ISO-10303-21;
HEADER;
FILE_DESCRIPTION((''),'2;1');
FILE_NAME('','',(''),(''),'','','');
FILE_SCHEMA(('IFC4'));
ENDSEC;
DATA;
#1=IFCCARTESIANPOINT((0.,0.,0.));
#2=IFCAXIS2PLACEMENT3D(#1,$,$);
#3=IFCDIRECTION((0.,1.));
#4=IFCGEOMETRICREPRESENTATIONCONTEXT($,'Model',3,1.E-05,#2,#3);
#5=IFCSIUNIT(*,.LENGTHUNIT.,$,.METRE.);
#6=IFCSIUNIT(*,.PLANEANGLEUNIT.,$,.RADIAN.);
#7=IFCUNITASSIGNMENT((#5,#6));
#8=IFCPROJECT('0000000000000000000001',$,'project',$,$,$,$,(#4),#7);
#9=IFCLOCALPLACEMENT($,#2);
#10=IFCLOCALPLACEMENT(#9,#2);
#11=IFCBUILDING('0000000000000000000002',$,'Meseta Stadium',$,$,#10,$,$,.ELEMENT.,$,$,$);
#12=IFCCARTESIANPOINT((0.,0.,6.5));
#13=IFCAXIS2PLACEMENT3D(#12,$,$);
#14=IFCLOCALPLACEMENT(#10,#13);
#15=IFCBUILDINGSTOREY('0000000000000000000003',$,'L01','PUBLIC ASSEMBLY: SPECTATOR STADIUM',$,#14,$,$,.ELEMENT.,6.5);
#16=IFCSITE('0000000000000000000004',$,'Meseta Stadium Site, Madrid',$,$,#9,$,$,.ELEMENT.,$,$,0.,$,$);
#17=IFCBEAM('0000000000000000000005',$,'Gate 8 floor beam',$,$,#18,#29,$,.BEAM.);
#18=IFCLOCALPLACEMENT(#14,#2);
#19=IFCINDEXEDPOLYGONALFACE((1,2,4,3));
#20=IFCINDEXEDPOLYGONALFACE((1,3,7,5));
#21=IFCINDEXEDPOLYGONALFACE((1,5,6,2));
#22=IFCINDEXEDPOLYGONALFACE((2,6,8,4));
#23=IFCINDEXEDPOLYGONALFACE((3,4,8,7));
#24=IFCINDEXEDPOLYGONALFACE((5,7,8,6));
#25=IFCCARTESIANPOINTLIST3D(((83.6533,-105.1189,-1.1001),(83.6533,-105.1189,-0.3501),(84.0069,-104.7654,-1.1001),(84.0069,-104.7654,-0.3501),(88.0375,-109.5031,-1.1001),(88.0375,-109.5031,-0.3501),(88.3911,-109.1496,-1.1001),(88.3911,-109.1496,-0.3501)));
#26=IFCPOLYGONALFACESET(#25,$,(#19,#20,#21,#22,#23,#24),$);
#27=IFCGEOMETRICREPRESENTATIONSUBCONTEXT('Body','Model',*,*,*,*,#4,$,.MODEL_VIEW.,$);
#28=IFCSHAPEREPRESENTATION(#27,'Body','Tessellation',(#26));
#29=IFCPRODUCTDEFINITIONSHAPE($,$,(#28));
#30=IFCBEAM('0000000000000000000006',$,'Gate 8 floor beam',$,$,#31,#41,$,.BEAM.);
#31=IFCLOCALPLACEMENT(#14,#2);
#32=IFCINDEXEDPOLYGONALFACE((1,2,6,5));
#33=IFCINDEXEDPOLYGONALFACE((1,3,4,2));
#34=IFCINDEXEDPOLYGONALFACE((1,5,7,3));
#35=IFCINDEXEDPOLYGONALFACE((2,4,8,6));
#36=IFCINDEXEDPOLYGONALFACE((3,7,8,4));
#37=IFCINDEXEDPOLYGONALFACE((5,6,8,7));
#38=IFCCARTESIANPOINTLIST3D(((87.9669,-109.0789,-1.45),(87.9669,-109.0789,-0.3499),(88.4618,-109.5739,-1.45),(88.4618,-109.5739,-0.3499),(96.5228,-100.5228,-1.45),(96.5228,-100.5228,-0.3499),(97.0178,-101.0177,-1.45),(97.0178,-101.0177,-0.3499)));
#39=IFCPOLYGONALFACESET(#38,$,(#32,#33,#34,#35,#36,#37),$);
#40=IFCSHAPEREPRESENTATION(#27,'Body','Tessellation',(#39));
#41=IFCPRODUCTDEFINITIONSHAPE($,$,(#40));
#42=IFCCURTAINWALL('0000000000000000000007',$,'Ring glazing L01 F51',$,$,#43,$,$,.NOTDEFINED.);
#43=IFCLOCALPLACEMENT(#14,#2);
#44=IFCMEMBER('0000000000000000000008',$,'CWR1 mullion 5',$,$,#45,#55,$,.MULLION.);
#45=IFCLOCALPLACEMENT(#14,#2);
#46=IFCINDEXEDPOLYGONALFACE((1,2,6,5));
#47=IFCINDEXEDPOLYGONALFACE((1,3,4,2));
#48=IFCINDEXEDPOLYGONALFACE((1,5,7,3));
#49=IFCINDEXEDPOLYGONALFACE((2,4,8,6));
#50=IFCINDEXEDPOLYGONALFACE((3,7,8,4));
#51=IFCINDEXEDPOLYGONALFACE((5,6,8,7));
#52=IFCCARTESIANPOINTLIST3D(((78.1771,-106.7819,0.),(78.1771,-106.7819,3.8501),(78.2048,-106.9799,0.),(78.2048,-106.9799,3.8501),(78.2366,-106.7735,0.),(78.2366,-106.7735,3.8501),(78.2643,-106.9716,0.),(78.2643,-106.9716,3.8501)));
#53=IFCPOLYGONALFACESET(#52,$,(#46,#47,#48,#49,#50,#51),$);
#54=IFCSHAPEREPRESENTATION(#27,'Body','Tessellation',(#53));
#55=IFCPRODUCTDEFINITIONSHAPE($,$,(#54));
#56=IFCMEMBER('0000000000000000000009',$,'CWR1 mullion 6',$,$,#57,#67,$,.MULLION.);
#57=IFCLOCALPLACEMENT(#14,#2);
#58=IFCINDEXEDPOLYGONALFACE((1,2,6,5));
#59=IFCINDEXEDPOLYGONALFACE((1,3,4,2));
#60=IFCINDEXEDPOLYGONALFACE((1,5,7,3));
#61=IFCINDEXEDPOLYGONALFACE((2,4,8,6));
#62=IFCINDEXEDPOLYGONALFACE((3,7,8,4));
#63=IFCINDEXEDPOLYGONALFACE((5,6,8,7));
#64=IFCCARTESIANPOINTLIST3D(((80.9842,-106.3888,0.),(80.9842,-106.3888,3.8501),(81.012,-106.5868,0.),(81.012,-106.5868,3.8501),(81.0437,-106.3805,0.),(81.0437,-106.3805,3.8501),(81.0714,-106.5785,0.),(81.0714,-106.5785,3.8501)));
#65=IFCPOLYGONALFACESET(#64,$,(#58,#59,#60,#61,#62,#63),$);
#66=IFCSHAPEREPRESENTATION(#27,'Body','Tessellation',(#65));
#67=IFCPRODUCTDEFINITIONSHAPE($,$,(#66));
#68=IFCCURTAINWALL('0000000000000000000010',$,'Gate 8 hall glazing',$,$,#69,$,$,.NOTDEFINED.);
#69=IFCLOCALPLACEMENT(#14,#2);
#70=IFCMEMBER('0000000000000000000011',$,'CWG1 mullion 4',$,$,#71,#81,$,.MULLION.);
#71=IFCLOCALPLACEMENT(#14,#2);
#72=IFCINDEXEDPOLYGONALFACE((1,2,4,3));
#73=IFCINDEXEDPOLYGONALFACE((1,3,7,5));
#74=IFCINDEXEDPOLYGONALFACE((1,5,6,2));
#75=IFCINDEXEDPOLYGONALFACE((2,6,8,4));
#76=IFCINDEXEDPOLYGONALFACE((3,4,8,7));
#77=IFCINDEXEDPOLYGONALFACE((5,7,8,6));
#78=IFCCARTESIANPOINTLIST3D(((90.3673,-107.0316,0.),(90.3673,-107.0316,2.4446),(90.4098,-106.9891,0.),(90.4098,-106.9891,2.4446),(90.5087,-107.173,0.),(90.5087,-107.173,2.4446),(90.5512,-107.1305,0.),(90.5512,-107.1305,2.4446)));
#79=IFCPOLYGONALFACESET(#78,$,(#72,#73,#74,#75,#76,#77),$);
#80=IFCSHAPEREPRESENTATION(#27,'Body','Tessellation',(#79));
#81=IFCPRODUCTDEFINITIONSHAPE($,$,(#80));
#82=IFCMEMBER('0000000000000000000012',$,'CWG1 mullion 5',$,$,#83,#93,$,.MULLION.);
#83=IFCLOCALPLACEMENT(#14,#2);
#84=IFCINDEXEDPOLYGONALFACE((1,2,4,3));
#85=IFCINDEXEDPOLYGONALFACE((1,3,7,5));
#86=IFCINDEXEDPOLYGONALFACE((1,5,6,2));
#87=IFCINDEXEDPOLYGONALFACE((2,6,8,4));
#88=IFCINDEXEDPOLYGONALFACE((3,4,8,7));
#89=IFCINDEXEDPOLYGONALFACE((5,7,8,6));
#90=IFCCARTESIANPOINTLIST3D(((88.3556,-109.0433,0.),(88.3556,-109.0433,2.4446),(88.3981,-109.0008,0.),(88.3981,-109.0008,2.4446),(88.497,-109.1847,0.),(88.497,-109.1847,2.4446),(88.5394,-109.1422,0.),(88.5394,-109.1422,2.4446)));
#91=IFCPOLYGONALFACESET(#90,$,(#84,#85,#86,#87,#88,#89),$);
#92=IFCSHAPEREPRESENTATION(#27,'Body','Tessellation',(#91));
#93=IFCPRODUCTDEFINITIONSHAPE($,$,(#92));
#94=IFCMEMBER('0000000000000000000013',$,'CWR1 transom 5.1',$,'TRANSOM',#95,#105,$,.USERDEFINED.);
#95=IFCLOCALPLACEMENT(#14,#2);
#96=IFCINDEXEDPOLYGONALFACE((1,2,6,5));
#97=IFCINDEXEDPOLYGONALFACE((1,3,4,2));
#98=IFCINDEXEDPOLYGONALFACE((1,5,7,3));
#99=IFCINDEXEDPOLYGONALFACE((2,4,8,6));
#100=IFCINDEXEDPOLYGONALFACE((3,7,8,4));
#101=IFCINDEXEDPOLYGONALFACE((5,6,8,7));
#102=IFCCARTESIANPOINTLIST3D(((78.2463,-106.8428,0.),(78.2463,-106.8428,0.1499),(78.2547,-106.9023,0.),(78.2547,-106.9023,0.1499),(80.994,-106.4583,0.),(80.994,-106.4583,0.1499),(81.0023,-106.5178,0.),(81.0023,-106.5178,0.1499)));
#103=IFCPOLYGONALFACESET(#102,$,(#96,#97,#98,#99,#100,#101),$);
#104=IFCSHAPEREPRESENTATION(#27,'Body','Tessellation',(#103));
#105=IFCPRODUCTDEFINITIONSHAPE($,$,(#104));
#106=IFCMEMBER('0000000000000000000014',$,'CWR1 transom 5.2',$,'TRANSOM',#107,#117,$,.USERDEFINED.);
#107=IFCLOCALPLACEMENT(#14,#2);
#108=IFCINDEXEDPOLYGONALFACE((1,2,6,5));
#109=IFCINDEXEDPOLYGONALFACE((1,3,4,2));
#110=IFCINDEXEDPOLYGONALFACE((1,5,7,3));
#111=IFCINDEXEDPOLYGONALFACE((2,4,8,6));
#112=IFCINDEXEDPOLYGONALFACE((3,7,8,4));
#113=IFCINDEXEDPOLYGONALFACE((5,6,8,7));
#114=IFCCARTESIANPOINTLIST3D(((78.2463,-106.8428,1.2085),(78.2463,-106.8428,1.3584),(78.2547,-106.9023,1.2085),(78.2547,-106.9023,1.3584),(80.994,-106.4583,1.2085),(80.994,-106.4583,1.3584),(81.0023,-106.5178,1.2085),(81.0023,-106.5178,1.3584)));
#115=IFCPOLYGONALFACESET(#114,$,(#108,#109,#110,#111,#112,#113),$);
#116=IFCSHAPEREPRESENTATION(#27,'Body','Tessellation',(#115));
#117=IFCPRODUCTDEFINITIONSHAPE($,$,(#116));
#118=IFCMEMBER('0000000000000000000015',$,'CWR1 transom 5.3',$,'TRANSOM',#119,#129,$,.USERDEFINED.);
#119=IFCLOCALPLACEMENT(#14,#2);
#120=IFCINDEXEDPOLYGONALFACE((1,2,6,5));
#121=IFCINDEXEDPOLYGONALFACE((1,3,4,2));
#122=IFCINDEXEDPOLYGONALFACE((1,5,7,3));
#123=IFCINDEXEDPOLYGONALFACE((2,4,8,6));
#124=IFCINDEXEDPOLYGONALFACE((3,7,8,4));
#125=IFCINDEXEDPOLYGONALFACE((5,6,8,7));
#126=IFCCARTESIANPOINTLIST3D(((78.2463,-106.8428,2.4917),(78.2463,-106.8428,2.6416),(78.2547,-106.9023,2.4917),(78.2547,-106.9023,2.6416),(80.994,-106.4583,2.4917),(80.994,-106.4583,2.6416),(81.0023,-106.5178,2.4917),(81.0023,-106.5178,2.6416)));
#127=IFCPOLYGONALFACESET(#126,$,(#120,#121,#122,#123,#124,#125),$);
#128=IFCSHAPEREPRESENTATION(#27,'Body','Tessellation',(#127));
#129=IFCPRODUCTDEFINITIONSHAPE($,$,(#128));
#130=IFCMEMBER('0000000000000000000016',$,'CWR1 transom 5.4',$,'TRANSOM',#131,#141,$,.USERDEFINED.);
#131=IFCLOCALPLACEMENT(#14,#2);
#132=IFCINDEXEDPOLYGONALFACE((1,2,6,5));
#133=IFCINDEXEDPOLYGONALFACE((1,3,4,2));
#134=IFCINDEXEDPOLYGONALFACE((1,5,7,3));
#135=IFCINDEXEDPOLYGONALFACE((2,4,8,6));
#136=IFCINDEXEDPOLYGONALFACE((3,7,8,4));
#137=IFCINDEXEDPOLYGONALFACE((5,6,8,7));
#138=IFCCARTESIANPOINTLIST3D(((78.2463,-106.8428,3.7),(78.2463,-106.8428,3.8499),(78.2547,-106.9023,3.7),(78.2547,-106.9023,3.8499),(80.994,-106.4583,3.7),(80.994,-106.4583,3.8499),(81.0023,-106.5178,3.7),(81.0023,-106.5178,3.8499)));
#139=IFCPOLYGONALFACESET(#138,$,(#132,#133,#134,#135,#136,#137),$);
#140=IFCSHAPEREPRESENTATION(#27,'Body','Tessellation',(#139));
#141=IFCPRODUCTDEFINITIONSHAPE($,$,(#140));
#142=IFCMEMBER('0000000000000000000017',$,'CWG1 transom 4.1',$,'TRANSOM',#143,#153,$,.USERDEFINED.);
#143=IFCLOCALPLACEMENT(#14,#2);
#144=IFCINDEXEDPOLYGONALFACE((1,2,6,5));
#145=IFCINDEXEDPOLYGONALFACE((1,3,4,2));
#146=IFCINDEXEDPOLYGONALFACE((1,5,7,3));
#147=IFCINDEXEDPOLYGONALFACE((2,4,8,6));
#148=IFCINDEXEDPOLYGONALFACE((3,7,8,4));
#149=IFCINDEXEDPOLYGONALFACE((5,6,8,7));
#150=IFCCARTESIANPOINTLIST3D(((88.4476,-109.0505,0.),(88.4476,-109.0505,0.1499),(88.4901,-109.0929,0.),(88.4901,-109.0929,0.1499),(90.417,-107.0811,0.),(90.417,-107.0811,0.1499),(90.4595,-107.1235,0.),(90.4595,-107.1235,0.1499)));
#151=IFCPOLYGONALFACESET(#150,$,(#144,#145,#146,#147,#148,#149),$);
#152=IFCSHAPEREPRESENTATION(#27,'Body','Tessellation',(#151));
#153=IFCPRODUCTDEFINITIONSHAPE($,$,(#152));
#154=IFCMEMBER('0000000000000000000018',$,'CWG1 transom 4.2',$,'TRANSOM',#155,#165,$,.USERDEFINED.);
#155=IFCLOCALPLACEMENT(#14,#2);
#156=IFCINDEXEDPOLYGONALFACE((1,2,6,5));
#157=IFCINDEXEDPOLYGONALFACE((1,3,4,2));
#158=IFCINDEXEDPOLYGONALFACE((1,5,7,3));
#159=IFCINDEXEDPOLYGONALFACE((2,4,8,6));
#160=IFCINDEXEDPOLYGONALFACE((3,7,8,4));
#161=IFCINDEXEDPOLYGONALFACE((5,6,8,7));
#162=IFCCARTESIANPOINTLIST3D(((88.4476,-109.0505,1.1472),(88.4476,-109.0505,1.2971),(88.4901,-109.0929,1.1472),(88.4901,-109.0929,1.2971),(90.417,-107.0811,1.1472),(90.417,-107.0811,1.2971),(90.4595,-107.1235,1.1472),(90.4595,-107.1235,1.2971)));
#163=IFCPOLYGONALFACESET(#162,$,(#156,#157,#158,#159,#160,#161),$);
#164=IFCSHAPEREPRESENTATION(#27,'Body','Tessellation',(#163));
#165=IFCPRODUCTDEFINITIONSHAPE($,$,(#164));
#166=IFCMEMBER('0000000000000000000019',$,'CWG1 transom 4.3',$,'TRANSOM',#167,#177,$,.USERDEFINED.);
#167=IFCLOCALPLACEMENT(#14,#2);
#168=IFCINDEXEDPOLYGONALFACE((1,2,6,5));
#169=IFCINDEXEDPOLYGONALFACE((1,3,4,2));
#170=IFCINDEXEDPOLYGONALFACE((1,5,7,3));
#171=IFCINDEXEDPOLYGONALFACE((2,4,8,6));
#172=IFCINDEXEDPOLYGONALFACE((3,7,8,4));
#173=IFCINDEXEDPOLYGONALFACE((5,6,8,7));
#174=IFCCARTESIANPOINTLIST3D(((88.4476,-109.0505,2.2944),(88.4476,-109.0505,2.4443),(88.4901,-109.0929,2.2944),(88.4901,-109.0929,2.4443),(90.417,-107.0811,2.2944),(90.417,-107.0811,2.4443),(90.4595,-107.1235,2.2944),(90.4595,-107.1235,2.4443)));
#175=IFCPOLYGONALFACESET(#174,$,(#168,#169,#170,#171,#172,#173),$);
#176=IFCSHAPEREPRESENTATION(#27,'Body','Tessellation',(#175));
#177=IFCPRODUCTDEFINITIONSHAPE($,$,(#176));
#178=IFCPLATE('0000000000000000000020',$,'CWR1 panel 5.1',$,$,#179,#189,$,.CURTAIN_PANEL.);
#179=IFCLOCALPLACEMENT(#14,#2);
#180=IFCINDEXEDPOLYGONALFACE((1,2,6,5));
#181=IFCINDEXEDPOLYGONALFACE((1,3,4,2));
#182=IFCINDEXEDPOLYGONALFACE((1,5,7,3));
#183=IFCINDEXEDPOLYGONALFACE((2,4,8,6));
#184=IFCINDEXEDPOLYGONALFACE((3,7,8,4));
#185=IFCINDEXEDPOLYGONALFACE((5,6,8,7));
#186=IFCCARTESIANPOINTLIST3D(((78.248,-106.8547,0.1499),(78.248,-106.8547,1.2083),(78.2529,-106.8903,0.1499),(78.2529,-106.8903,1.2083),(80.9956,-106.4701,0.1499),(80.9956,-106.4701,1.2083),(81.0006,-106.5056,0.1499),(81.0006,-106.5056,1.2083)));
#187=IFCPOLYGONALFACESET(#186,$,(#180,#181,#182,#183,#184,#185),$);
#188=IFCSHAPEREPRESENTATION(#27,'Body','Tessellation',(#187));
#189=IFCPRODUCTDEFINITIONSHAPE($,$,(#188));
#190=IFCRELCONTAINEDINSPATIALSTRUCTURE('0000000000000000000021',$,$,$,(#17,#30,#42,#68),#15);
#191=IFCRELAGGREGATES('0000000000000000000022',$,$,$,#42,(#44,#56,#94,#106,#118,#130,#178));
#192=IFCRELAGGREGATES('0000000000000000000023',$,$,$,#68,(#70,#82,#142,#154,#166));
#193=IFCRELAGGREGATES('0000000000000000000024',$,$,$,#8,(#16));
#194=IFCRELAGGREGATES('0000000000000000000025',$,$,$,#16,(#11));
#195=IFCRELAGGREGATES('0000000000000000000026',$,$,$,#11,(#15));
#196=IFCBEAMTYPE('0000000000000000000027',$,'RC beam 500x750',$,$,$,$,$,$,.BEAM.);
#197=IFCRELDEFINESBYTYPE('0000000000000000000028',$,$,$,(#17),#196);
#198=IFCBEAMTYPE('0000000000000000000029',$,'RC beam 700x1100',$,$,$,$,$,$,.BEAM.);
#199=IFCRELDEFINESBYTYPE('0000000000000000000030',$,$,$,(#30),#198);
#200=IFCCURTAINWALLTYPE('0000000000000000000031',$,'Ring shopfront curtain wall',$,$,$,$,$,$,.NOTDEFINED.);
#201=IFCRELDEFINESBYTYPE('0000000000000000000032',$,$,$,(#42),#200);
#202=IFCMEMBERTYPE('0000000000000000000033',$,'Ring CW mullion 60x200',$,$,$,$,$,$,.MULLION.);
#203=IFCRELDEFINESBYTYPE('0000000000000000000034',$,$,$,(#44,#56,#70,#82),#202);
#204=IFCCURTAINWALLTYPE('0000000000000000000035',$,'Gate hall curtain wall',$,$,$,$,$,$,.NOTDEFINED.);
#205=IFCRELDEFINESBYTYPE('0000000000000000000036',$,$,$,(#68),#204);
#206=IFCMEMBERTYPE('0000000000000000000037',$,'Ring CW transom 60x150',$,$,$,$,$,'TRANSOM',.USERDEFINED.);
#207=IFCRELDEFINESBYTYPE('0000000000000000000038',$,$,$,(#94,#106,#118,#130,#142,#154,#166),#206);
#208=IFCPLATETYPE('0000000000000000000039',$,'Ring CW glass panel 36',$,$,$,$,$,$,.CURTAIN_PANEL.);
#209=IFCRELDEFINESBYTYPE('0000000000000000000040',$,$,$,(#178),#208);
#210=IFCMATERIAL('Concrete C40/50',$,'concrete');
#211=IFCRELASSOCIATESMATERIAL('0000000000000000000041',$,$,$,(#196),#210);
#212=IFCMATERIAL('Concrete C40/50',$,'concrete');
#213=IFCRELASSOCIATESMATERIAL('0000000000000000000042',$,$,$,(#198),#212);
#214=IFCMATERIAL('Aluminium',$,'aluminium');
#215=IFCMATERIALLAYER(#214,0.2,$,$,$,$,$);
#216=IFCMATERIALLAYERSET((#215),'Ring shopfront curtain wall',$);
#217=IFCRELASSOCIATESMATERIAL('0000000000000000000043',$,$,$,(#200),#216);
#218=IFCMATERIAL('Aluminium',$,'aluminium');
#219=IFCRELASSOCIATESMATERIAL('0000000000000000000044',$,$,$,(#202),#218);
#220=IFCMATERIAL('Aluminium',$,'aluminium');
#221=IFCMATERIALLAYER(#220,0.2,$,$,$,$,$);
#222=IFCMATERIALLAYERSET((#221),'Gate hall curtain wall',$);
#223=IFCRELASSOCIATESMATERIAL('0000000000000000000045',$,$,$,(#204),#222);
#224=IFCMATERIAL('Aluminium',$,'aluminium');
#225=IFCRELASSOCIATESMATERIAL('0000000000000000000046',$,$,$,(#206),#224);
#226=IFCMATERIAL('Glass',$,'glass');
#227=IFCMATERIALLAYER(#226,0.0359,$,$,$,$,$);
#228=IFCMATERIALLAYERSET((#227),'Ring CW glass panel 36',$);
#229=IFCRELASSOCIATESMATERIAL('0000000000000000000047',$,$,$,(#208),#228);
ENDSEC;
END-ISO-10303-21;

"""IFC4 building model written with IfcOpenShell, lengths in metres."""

from ifc_helpers import new_model, si_unit, direction, frame, origin, origin_2d, place, context, subcontext, project, spatial, rectangle, extrude, material, layer, layer_set, material_profile, profile_set, type_object, element, aggregate, save


model = new_model("IFC4")

# Units and contexts
model_context = context("Model", 3, precision=1e-05, world=origin(), true_north=direction((0.0, 1.0)))
body_context = subcontext(model_context, "Body", "Model", "MODEL_VIEW")
ifc_project = project(units=[si_unit("LENGTHUNIT", "METRE"), si_unit("PLANEANGLEUNIT", "RADIAN")], contexts=[model_context])

# Site, building, storey
site_placement = place(None, origin())
site = spatial("IfcSite", under=ifc_project, at=site_placement, Name="Meseta Stadium Site, Madrid", CompositionType="ELEMENT", RefElevation=0.0)
building_placement = place(site_placement, origin())
building = spatial("IfcBuilding", under=site, at=building_placement, Name="Meseta Stadium", CompositionType="ELEMENT")
storey_placement = place(building_placement, frame((0.0, 0.0, 6.5)))
storey = spatial("IfcBuildingStorey", under=building, at=storey_placement, Name="L01", Description="PUBLIC ASSEMBLY: SPECTATOR STADIUM", CompositionType="ELEMENT", Elevation=6.5)

# Beams
ifc_material_1 = material(Name="Concrete C40/50", Category="concrete")
ifc_material_profile_1 = material_profile(ifc_material_1, rectangle(XDim=0.5, YDim=0.75, at=origin_2d()), Name="RC 500x750")
ifc_profile_set_1 = profile_set([ifc_material_profile_1], Name="Concrete C40/50")
beam_type_1 = type_object("IfcBeamType", Name="RC beam 500x750", PredefinedType="BEAM", material=ifc_profile_set_1)
beam_1_placement = place(storey_placement, frame((83.8301, -104.9421, -0.7251), z_axis=(0.707107, -0.707107, 0.0), x_axis=(0.707107, 0.707107, 0.0)))
element("IfcBeam", 1, at=beam_1_placement, inside=storey, type_object=beam_type_1, Name="Gate 8 floor beam", PredefinedType="BEAM", context=body_context, shape_type="SweptSolid", body=[
    extrude(rectangle(XDim=0.5, YDim=0.75, at=origin_2d()), origin(), (0.0, 0.0, 1.0), 6.2002),
])
ifc_material_2 = material(Name="Concrete C40/50", Category="concrete")
ifc_material_profile_2 = material_profile(ifc_material_2, rectangle(XDim=0.7, YDim=1.1001, at=origin_2d()), Name="RC 700x1100")
ifc_profile_set_2 = profile_set([ifc_material_profile_2], Name="Concrete C40/50")
beam_type_2 = type_object("IfcBeamType", Name="RC beam 700x1100", PredefinedType="BEAM", material=ifc_profile_set_2)
beam_2_placement = place(storey_placement, frame((88.2144, -109.3264, -0.8999), z_axis=(0.707097, 0.707117, 0.0), x_axis=(-0.707117, 0.707097, 0.0)))
element("IfcBeam", 2, at=beam_2_placement, inside=storey, type_object=beam_type_2, Name="Gate 8 floor beam", PredefinedType="BEAM", context=body_context, shape_type="SweptSolid", body=[
    extrude(rectangle(XDim=0.7, YDim=1.1001, at=origin_2d()), origin(), (0.0, 0.0, 1.0), 12.1001),
])

# Curtain walls, members
ifc_material_3 = material(Name="Aluminium", Category="aluminium")
ifc_layer_1 = layer(ifc_material_3, 0.2)
ifc_layer_set_1 = layer_set([ifc_layer_1], Name="Ring shopfront curtain wall")
curtain_wall_type_1 = type_object("IfcCurtainWallType", Name="Ring shopfront curtain wall", PredefinedType="NOTDEFINED", material=ifc_layer_set_1)
curtain_wall_1_placement = place(storey_placement, origin())
curtain_wall_1 = element("IfcCurtainWall", 3, at=curtain_wall_1_placement, inside=storey, type_object=curtain_wall_type_1, Name="Ring glazing L01 F51", PredefinedType="NOTDEFINED")
ifc_material_4 = material(Name="Aluminium", Category="aluminium")
ifc_material_profile_3 = material_profile(ifc_material_4, rectangle(XDim=0.2, YDim=0.0601, at=origin_2d()), Name="CW 200x60")
ifc_profile_set_3 = profile_set([ifc_material_profile_3], Name="Aluminium")
member_type_1 = type_object("IfcMemberType", Name="Ring CW mullion 60x200", PredefinedType="MULLION", material=ifc_profile_set_3)
member_1_placement = place(storey_placement, frame((78.2207, -106.8767, 0.0), z_axis=(0.0, 0.0, 1.0), x_axis=(-0.138643, 0.990342, 0.0)))
member_1 = element("IfcMember", 4, at=member_1_placement, type_object=member_type_1, Name="CWR1 mullion 5", PredefinedType="MULLION", context=body_context, shape_type="SweptSolid", body=[
    extrude(rectangle(XDim=0.2, YDim=0.0601, at=origin_2d()), origin(), (0.0, 0.0, 1.0), 3.8501),
])
member_2_placement = place(storey_placement, frame((81.0278, -106.4836, 0.0), z_axis=(0.0, 0.0, 1.0), x_axis=(-0.138643, 0.990342, 0.0)))
member_2 = element("IfcMember", 5, at=member_2_placement, type_object=member_type_1, Name="CWR1 mullion 6", PredefinedType="MULLION", context=body_context, shape_type="SweptSolid", body=[
    extrude(rectangle(XDim=0.2, YDim=0.0601, at=origin_2d()), origin(), (0.0, 0.0, 1.0), 3.8501),
])
ifc_material_5 = material(Name="Aluminium", Category="aluminium")
ifc_layer_2 = layer(ifc_material_5, 0.2)
ifc_layer_set_2 = layer_set([ifc_layer_2], Name="Gate hall curtain wall")
curtain_wall_type_2 = type_object("IfcCurtainWallType", Name="Gate hall curtain wall", PredefinedType="NOTDEFINED", material=ifc_layer_set_2)
curtain_wall_2_placement = place(storey_placement, origin())
curtain_wall_2 = element("IfcCurtainWall", 6, at=curtain_wall_2_placement, inside=storey, type_object=curtain_wall_type_2, Name="Gate 8 hall glazing", PredefinedType="NOTDEFINED")
member_3_placement = place(storey_placement, frame((90.4592, -107.0811, 0.0), z_axis=(0.0, 0.0, 1.0), x_axis=(0.707107, -0.707107, 0.0)))
member_3 = element("IfcMember", 7, at=member_3_placement, type_object=member_type_1, Name="CWG1 mullion 4", PredefinedType="MULLION", context=body_context, shape_type="SweptSolid", body=[
    extrude(rectangle(XDim=0.2, YDim=0.0601, at=origin_2d()), origin(), (0.0, 0.0, 1.0), 2.4446),
])
member_4_placement = place(storey_placement, frame((88.4475, -109.0928, 0.0), z_axis=(0.0, 0.0, 1.0), x_axis=(0.707107, -0.707107, 0.0)))
member_4 = element("IfcMember", 8, at=member_4_placement, type_object=member_type_1, Name="CWG1 mullion 5", PredefinedType="MULLION", context=body_context, shape_type="SweptSolid", body=[
    extrude(rectangle(XDim=0.2, YDim=0.0601, at=origin_2d()), origin(), (0.0, 0.0, 1.0), 2.4446),
])

# Members
ifc_material_6 = material(Name="Aluminium", Category="aluminium")
ifc_material_profile_4 = material_profile(ifc_material_6, rectangle(XDim=0.0601, YDim=0.1499, at=origin_2d()), Name="CW 60x150")
ifc_profile_set_4 = profile_set([ifc_material_profile_4], Name="Aluminium")
member_type_2 = type_object("IfcMemberType", Name="Ring CW transom 60x150", ElementType="TRANSOM", PredefinedType="USERDEFINED", material=ifc_profile_set_4)
member_5_placement = place(storey_placement, frame((78.2505, -106.8726, 0.075), z_axis=(0.990349, 0.1386, 0.0), x_axis=(-0.1386, 0.990349, 0.0)))
member_5 = element("IfcMember", 9, at=member_5_placement, type_object=member_type_2, Name="CWR1 transom 5.1", ObjectType="TRANSOM", PredefinedType="USERDEFINED", context=body_context, shape_type="SweptSolid", body=[
    extrude(rectangle(XDim=0.0601, YDim=0.1499, at=origin_2d()), origin(), (0.0, 0.0, 1.0), 2.7744),
])
member_6_placement = place(storey_placement, frame((78.2505, -106.8726, 1.2834), z_axis=(0.990349, 0.1386, 0.0), x_axis=(-0.1386, 0.990349, 0.0)))
member_6 = element("IfcMember", 10, at=member_6_placement, type_object=member_type_2, Name="CWR1 transom 5.2", ObjectType="TRANSOM", PredefinedType="USERDEFINED", context=body_context, shape_type="SweptSolid", body=[
    extrude(rectangle(XDim=0.0601, YDim=0.1499, at=origin_2d()), origin(), (0.0, 0.0, 1.0), 2.7744),
])
member_7_placement = place(storey_placement, frame((78.2505, -106.8726, 2.5667), z_axis=(0.990349, 0.1386, 0.0), x_axis=(-0.1386, 0.990349, 0.0)))
member_7 = element("IfcMember", 11, at=member_7_placement, type_object=member_type_2, Name="CWR1 transom 5.3", ObjectType="TRANSOM", PredefinedType="USERDEFINED", context=body_context, shape_type="SweptSolid", body=[
    extrude(rectangle(XDim=0.0601, YDim=0.1499, at=origin_2d()), origin(), (0.0, 0.0, 1.0), 2.7744),
])
member_8_placement = place(storey_placement, frame((78.2505, -106.8726, 3.7749), z_axis=(0.990349, 0.1386, 0.0), x_axis=(-0.1386, 0.990349, 0.0)))
member_8 = element("IfcMember", 12, at=member_8_placement, type_object=member_type_2, Name="CWR1 transom 5.4", ObjectType="TRANSOM", PredefinedType="USERDEFINED", context=body_context, shape_type="SweptSolid", body=[
    extrude(rectangle(XDim=0.0601, YDim=0.1499, at=origin_2d()), origin(), (0.0, 0.0, 1.0), 2.7744),
])
member_9_placement = place(storey_placement, frame((90.4382, -107.1023, 0.075), z_axis=(-0.707107, -0.707107, 0.0), x_axis=(0.707107, -0.707107, 0.0)))
member_9 = element("IfcMember", 13, at=member_9_placement, type_object=member_type_2, Name="CWG1 transom 4.1", ObjectType="TRANSOM", PredefinedType="USERDEFINED", context=body_context, shape_type="SweptSolid", body=[
    extrude(rectangle(XDim=0.0601, YDim=0.1499, at=origin_2d()), origin(), (0.0, 0.0, 1.0), 2.7852),
])
member_10_placement = place(storey_placement, frame((90.4382, -107.1023, 1.2222), z_axis=(-0.707107, -0.707107, 0.0), x_axis=(0.707107, -0.707107, 0.0)))
member_10 = element("IfcMember", 14, at=member_10_placement, type_object=member_type_2, Name="CWG1 transom 4.2", ObjectType="TRANSOM", PredefinedType="USERDEFINED", context=body_context, shape_type="SweptSolid", body=[
    extrude(rectangle(XDim=0.0601, YDim=0.1499, at=origin_2d()), origin(), (0.0, 0.0, 1.0), 2.7852),
])
member_11_placement = place(storey_placement, frame((90.4382, -107.1023, 2.3694), z_axis=(-0.707107, -0.707107, 0.0), x_axis=(0.707107, -0.707107, 0.0)))
member_11 = element("IfcMember", 15, at=member_11_placement, type_object=member_type_2, Name="CWG1 transom 4.3", ObjectType="TRANSOM", PredefinedType="USERDEFINED", context=body_context, shape_type="SweptSolid", body=[
    extrude(rectangle(XDim=0.0601, YDim=0.1499, at=origin_2d()), origin(), (0.0, 0.0, 1.0), 2.7852),
])

# Plate
ifc_material_7 = material(Name="Glass", Category="glass")
ifc_layer_3 = layer(ifc_material_7, 0.0359)
ifc_layer_set_3 = layer_set([ifc_layer_3], Name="Ring CW glass panel 36")
plate_type_1 = type_object("IfcPlateType", Name="Ring CW glass panel 36", PredefinedType="CURTAIN_PANEL", material=ifc_layer_set_3)
plate_1_placement = place(storey_placement, frame((79.6243, -106.6802, 0.1499), z_axis=(0.0, 0.0, 1.0), x_axis=(0.990342, 0.138643, 0.0)))
plate_1 = element("IfcPlate", 16, at=plate_1_placement, type_object=plate_type_1, Name="CWR1 panel 5.1", PredefinedType="CURTAIN_PANEL", context=body_context, shape_type="SweptSolid", body=[
    extrude(rectangle(XDim=2.7744, YDim=0.0359, at=origin_2d()), origin(), (0.0, 0.0, 1.0), 1.0583),
])
aggregate(curtain_wall_1, [member_1, member_2, member_5, member_6, member_7, member_8, plate_1])
aggregate(curtain_wall_2, [member_3, member_4, member_9, member_10, member_11])

save(model, "model.ifc")
